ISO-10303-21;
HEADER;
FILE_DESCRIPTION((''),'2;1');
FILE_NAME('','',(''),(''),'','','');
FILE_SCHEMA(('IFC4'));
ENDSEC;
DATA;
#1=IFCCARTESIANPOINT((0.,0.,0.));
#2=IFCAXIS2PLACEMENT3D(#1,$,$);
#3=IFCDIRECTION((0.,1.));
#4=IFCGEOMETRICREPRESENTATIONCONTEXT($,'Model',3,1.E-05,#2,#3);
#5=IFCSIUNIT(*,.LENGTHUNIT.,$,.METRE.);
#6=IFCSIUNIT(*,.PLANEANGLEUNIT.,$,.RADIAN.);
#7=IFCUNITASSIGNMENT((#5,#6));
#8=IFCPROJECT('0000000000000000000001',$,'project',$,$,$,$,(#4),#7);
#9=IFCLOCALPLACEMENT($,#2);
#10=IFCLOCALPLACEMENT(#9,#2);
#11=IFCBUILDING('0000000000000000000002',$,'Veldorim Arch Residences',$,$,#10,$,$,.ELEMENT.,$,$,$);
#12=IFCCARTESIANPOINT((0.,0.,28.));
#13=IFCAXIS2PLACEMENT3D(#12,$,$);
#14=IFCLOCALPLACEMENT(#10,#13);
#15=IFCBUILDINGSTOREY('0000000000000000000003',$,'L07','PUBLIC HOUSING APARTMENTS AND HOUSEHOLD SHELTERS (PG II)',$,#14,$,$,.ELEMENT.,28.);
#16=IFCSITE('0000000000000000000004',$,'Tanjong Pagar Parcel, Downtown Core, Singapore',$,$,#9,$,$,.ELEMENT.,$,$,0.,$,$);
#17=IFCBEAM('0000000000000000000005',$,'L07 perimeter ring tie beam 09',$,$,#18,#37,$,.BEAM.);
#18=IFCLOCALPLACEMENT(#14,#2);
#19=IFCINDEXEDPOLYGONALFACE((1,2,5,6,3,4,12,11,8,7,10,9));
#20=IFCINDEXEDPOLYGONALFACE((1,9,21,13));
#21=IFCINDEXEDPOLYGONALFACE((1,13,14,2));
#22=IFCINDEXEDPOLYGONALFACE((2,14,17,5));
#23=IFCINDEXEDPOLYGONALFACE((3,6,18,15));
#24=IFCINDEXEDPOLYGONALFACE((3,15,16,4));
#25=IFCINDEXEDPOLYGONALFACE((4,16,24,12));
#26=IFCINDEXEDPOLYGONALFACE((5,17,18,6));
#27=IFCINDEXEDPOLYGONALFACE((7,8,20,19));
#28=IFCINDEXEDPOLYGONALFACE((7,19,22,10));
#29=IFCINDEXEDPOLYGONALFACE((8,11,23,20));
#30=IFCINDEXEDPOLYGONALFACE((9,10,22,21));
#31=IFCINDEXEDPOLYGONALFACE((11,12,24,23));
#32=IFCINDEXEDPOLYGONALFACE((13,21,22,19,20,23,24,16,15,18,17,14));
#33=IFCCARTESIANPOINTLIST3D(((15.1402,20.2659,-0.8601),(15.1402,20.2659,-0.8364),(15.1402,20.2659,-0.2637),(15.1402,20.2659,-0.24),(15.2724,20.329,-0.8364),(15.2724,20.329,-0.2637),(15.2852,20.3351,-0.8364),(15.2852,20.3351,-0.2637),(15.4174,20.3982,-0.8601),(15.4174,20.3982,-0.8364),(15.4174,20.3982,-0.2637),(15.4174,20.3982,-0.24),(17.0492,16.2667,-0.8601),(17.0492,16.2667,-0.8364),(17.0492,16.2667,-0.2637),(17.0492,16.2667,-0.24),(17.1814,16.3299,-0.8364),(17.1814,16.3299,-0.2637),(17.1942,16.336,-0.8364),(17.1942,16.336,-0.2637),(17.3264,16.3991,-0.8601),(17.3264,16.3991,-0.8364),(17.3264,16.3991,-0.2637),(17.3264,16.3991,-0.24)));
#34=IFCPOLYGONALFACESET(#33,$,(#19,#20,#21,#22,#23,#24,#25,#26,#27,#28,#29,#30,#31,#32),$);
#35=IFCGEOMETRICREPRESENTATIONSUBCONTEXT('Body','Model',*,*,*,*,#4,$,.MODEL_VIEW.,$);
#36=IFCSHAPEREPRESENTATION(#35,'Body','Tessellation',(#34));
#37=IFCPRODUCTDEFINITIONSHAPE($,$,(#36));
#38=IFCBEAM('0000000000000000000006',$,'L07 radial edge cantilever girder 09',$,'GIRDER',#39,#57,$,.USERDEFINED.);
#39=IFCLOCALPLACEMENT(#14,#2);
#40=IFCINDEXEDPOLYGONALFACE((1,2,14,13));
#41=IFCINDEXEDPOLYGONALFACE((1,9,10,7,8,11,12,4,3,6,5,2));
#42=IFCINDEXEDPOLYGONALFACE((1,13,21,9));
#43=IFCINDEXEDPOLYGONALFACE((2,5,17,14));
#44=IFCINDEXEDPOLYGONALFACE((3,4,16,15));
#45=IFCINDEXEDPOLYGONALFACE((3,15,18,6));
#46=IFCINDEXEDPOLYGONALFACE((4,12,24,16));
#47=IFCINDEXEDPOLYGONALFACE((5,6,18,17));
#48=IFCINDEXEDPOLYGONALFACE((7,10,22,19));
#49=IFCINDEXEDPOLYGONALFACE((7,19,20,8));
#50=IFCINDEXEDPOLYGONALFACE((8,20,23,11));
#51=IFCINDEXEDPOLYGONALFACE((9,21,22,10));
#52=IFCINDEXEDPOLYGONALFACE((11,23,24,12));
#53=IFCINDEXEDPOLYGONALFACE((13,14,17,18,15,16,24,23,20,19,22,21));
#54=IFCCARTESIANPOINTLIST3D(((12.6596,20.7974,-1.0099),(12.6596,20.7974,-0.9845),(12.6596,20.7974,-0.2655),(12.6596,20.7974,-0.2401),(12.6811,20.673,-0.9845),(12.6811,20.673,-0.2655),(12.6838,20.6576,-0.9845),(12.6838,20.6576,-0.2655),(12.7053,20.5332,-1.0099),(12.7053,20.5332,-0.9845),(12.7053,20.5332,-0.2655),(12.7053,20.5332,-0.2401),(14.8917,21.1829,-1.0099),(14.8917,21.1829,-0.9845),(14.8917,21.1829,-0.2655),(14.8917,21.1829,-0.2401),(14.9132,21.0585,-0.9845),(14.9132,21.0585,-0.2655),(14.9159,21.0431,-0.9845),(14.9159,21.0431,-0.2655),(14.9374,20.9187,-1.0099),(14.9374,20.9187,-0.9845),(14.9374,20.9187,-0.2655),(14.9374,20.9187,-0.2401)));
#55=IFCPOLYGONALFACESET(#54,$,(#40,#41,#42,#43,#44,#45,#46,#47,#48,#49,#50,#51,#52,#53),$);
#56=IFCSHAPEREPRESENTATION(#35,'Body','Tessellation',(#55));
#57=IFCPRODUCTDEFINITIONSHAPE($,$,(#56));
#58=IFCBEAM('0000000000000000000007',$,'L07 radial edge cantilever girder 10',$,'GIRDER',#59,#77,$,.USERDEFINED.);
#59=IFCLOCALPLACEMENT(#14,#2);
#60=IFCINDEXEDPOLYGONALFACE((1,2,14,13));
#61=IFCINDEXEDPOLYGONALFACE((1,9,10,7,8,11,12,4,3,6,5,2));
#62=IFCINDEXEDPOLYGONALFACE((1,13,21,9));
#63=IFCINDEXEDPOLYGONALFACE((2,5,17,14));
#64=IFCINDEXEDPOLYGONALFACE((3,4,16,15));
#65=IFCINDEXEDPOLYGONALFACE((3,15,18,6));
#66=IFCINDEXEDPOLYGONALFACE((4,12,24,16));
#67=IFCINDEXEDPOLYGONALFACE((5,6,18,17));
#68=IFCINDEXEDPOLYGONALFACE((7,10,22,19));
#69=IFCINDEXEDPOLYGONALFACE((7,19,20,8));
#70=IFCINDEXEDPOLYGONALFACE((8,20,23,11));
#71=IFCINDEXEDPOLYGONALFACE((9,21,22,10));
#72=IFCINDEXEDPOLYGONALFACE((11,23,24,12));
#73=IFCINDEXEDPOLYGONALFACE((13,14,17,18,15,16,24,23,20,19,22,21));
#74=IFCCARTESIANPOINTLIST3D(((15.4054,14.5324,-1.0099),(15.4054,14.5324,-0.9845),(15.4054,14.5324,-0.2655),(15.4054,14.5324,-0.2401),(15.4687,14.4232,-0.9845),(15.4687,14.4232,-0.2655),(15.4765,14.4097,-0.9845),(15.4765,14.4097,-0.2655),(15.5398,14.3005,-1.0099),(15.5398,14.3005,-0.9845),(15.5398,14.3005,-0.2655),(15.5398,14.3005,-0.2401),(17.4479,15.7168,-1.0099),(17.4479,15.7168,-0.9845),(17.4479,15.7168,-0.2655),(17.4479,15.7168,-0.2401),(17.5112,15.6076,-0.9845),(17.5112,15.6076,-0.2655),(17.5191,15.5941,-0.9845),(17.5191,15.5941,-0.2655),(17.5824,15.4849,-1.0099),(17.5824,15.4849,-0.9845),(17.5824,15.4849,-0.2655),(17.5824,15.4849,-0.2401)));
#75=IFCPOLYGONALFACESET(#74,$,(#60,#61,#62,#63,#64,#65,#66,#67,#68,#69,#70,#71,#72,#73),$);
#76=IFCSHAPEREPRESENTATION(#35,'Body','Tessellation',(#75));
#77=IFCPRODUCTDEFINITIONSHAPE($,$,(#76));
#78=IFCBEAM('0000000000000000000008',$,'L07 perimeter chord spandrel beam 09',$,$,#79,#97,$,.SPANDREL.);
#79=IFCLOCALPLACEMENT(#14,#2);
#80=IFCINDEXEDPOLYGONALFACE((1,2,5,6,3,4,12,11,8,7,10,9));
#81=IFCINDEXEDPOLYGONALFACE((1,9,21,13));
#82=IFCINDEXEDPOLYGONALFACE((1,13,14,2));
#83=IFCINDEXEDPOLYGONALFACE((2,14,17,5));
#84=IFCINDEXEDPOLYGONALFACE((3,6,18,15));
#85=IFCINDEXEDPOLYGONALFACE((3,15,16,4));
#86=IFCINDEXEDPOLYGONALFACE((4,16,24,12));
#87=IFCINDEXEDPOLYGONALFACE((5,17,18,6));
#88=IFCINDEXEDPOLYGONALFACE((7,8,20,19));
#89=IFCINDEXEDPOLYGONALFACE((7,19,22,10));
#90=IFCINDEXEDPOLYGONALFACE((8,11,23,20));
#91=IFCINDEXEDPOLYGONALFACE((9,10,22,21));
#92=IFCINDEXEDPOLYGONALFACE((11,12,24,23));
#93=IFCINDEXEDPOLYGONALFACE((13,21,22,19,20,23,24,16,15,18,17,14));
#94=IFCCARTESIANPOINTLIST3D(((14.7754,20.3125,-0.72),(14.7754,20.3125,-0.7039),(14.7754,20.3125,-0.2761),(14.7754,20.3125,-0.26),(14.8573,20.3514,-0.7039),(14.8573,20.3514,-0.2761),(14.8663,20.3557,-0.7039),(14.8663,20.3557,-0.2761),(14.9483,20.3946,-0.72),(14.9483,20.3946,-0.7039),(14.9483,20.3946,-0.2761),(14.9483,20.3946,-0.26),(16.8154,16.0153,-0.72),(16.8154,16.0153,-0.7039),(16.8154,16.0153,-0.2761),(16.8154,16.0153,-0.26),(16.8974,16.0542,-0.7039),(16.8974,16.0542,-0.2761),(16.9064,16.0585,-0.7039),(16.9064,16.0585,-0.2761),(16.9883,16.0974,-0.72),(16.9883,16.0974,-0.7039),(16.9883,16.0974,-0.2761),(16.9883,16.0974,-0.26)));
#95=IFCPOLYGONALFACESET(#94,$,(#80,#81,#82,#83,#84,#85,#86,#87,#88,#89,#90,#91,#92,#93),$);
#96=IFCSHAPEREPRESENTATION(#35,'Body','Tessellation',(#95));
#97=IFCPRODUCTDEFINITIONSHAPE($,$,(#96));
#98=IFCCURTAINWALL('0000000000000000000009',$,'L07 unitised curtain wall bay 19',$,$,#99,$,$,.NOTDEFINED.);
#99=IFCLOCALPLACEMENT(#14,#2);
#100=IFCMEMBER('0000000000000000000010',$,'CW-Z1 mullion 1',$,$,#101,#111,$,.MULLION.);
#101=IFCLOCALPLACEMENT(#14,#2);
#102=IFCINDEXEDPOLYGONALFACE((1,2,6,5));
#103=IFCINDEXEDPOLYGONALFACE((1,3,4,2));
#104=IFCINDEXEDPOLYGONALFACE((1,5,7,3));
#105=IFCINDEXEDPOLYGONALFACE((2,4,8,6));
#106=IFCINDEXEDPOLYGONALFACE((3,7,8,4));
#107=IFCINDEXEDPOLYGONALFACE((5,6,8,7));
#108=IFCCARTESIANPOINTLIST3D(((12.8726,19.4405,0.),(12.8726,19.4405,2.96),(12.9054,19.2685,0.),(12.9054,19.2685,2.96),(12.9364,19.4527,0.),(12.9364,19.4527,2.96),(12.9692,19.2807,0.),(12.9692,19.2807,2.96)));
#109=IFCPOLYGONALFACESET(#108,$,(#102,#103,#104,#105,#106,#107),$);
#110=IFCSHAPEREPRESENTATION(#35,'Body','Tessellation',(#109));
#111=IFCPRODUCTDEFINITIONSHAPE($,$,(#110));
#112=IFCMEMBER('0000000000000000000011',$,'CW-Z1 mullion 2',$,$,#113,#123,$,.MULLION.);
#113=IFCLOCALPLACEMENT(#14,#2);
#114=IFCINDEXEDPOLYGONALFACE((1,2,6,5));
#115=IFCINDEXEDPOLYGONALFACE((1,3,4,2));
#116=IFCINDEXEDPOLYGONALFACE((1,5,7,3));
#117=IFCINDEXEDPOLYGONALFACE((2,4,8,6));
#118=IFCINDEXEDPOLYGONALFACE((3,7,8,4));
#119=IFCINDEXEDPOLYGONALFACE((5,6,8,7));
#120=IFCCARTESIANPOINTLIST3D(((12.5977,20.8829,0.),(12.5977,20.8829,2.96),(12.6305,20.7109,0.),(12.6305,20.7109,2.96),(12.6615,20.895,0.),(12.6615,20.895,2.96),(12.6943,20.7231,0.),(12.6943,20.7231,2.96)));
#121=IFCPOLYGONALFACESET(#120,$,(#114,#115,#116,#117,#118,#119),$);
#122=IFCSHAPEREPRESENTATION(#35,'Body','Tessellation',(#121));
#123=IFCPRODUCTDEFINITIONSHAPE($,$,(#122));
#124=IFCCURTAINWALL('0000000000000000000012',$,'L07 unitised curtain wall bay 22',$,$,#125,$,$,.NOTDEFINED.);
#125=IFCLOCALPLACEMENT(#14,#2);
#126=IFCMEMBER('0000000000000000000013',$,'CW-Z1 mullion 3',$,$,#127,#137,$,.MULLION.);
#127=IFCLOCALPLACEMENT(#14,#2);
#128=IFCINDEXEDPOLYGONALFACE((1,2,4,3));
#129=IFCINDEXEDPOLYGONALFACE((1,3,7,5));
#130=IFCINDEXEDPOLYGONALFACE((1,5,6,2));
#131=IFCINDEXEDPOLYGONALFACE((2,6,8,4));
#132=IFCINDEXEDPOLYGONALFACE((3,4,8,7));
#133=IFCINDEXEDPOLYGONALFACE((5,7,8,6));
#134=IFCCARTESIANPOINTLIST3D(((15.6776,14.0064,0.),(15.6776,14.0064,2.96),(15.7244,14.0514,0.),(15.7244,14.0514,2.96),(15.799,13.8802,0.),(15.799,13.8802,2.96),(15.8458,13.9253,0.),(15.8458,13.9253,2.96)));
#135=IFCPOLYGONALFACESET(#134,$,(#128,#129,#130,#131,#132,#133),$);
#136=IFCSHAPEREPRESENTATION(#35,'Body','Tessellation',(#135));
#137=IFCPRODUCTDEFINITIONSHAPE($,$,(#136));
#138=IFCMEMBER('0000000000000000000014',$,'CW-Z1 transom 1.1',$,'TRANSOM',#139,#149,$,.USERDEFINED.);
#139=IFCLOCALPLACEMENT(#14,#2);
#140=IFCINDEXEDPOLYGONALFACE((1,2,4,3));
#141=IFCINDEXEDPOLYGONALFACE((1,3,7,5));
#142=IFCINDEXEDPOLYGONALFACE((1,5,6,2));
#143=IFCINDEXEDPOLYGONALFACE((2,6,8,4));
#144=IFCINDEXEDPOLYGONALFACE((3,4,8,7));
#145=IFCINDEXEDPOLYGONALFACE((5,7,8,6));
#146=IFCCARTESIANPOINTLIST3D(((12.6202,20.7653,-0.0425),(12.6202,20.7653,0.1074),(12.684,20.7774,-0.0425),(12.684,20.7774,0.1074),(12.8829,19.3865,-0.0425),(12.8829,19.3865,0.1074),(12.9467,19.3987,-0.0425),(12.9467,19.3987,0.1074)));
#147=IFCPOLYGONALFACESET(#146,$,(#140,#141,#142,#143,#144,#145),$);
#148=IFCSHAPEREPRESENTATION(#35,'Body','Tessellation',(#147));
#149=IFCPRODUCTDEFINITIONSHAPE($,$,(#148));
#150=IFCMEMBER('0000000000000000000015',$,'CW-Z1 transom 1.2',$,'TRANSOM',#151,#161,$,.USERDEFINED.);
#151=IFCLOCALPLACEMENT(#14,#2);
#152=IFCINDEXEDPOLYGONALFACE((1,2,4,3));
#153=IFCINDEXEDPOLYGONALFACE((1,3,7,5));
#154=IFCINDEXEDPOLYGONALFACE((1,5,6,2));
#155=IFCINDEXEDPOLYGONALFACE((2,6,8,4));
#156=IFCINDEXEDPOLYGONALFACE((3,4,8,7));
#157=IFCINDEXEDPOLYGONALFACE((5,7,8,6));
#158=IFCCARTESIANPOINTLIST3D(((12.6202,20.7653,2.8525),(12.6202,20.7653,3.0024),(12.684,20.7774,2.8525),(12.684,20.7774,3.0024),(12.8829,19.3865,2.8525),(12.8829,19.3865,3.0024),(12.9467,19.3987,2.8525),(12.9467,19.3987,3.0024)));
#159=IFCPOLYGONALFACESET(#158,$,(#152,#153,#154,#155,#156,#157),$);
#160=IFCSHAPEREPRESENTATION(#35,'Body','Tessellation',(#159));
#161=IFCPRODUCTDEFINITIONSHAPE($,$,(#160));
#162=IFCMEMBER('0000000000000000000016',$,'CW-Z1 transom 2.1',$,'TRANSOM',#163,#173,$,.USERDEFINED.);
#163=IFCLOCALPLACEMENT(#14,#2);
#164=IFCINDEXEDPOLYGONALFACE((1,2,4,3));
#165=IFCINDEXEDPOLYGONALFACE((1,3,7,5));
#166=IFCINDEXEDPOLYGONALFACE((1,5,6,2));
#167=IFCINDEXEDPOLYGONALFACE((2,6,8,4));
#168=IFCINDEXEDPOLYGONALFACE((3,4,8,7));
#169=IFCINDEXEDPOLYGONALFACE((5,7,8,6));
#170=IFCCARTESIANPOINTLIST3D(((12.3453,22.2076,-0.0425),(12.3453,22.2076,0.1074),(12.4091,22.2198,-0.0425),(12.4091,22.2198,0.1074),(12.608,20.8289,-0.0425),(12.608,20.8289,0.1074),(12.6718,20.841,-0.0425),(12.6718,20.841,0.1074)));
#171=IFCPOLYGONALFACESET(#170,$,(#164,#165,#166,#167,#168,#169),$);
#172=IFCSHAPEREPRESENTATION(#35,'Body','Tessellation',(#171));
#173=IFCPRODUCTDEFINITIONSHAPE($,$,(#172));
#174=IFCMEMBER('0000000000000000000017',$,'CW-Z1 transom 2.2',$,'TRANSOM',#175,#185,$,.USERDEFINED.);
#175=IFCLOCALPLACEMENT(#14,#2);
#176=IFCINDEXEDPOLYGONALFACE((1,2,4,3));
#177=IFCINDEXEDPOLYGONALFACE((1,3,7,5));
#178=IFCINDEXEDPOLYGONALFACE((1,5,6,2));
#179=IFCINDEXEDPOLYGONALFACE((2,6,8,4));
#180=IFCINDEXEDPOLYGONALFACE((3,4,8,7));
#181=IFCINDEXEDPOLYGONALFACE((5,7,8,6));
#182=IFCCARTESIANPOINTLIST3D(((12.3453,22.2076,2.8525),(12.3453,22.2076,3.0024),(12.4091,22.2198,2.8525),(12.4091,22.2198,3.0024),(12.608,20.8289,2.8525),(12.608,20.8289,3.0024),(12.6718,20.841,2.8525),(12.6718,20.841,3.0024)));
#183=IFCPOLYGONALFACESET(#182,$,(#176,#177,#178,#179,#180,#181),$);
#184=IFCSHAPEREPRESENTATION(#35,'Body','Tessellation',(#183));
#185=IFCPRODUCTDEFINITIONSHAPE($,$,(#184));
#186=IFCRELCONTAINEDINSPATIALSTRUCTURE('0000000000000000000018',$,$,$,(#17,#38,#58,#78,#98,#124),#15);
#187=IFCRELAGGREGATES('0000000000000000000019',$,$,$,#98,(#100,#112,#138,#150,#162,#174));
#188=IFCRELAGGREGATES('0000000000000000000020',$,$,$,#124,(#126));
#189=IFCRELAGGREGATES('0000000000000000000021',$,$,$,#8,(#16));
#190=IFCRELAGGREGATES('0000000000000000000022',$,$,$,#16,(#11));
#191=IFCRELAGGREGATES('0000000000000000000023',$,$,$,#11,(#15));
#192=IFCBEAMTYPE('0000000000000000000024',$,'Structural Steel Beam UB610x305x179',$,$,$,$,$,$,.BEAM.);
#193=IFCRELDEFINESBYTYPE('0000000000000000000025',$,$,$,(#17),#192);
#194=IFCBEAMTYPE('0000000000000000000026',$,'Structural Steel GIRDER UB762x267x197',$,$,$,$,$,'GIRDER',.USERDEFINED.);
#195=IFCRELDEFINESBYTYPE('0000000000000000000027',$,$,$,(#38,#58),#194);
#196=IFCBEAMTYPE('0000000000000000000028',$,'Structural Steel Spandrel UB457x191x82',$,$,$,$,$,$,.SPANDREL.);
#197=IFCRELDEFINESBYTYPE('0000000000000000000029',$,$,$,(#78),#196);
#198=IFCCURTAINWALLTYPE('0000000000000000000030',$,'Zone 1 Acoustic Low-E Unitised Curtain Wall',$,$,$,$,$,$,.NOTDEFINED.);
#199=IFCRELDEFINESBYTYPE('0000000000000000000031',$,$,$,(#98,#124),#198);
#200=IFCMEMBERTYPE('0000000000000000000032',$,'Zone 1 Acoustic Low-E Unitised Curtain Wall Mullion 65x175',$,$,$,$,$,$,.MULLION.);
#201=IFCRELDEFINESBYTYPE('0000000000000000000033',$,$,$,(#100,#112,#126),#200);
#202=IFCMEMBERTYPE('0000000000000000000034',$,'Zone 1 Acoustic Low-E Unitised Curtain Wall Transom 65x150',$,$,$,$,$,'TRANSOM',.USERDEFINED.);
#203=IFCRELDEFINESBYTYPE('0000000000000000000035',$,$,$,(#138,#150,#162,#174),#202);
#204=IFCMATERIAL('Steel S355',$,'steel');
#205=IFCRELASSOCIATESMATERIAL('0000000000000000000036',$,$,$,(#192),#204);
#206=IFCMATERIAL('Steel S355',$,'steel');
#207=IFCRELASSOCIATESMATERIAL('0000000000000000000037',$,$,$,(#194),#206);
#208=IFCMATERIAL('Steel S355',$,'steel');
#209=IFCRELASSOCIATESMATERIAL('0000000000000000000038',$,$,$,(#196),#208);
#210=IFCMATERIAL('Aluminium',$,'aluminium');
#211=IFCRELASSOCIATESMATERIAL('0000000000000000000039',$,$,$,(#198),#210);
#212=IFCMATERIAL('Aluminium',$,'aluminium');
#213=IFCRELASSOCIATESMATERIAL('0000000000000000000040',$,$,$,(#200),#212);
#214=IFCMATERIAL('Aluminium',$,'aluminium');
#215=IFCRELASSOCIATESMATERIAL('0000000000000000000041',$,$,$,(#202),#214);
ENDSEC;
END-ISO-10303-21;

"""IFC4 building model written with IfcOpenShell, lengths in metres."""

from ifc_helpers import new_model, si_unit, direction, frame, origin, origin_2d, place, context, subcontext, project, spatial, rectangle, i_section, extrude, material, material_profile, profile_set, type_object, element, aggregate, save


model = new_model("IFC4")

# Units and contexts
model_context = context("Model", 3, precision=1e-05, world=origin(), true_north=direction((0.0, 1.0)))
body_context = subcontext(model_context, "Body", "Model", "MODEL_VIEW")
ifc_project = project(units=[si_unit("LENGTHUNIT", "METRE"), si_unit("PLANEANGLEUNIT", "RADIAN")], contexts=[model_context])

# Site, building, storey
site_placement = place(None, origin())
site = spatial("IfcSite", under=ifc_project, at=site_placement, Name="Tanjong Pagar Parcel, Downtown Core, Singapore", CompositionType="ELEMENT", RefElevation=0.0)
building_placement = place(site_placement, origin())
building = spatial("IfcBuilding", under=site, at=building_placement, Name="Veldorim Arch Residences", CompositionType="ELEMENT")
storey_placement = place(building_placement, frame((0.0, 0.0, 28.0)))
storey = spatial("IfcBuildingStorey", under=building, at=storey_placement, Name="L07", Description="PUBLIC HOUSING APARTMENTS AND HOUSEHOLD SHELTERS (PG II)", CompositionType="ELEMENT", Elevation=28.0)

# Beams
ifc_material_1 = material(Name="Steel S355", Category="steel")
ifc_material_profile_1 = material_profile(ifc_material_1, i_section(OverallWidth=0.3071, OverallDepth=0.6201, WebThickness=0.0142, FlangeThickness=0.0237, at=origin_2d()), Name="UB610x305x179")
ifc_profile_set_1 = profile_set([ifc_material_profile_1], Name="Steel S355")
beam_type_1 = type_object("IfcBeamType", Name="Structural Steel Beam UB610x305x179", PredefinedType="BEAM", material=ifc_profile_set_1)
beam_1_placement = place(storey_placement, frame((15.2788, 20.332, -0.55), z_axis=(0.430787, -0.902454, 0.0), x_axis=(0.902454, 0.430787, 0.0)))
element("IfcBeam", 1, at=beam_1_placement, inside=storey, type_object=beam_type_1, Name="L07 perimeter ring tie beam 09", PredefinedType="BEAM", context=body_context, shape_type="SweptSolid", body=[
    extrude(i_section(OverallWidth=0.3071, OverallDepth=0.6201, WebThickness=0.0142, FlangeThickness=0.0237, at=origin_2d()), origin(), (0.0, 0.0, 1.0), 4.4314),
])
ifc_material_2 = material(Name="Steel S355", Category="steel")
ifc_material_profile_2 = material_profile(ifc_material_2, i_section(OverallWidth=0.2681, OverallDepth=0.7698, WebThickness=0.0156, FlangeThickness=0.0254, at=origin_2d()), Name="UB762x267x197")
ifc_profile_set_2 = profile_set([ifc_material_profile_2], Name="Steel S355")
beam_type_2 = type_object("IfcBeamType", Name="Structural Steel GIRDER UB762x267x197", ElementType="GIRDER", PredefinedType="USERDEFINED", material=ifc_profile_set_2)
beam_2_placement = place(storey_placement, frame((14.9146, 21.0508, -0.625), z_axis=(-0.985413, -0.170181, 0.0), x_axis=(0.170181, -0.985413, 0.0)))
element("IfcBeam", 2, at=beam_2_placement, inside=storey, type_object=beam_type_2, Name="L07 radial edge cantilever girder 09", ObjectType="GIRDER", PredefinedType="USERDEFINED", context=body_context, shape_type="SweptSolid", body=[
    extrude(i_section(OverallWidth=0.2681, OverallDepth=0.7698, WebThickness=0.0156, FlangeThickness=0.0254, at=origin_2d()), origin(), (0.0, 0.0, 1.0), 2.2651),
])
beam_3_placement = place(storey_placement, frame((17.5151, 15.6008, -0.625), z_axis=(-0.865089, -0.501619, 0.0), x_axis=(0.501619, -0.865089, 0.0)))
element("IfcBeam", 3, at=beam_3_placement, inside=storey, type_object=beam_type_2, Name="L07 radial edge cantilever girder 10", ObjectType="GIRDER", PredefinedType="USERDEFINED", context=body_context, shape_type="SweptSolid", body=[
    extrude(i_section(OverallWidth=0.2681, OverallDepth=0.7698, WebThickness=0.0156, FlangeThickness=0.0254, at=origin_2d()), origin(), (0.0, 0.0, 1.0), 2.3611),
])
ifc_material_3 = material(Name="Steel S355", Category="steel")
ifc_material_profile_3 = material_profile(ifc_material_3, i_section(OverallWidth=0.1914, OverallDepth=0.46, WebThickness=0.01, FlangeThickness=0.0161, at=origin_2d()), Name="UB457x191x82")
ifc_profile_set_3 = profile_set([ifc_material_profile_3], Name="Steel S355")
beam_type_3 = type_object("IfcBeamType", Name="Structural Steel Spandrel UB457x191x82", PredefinedType="SPANDREL", material=ifc_profile_set_3)
beam_4_placement = place(storey_placement, frame((14.8618, 20.3535, -0.49), z_axis=(0.428869, -0.903366, 0.0), x_axis=(0.903366, 0.428869, 0.0)))
element("IfcBeam", 4, at=beam_4_placement, inside=storey, type_object=beam_type_3, Name="L07 perimeter chord spandrel beam 09", PredefinedType="SPANDREL", context=body_context, shape_type="SweptSolid", body=[
    extrude(i_section(OverallWidth=0.1914, OverallDepth=0.46, WebThickness=0.01, FlangeThickness=0.0161, at=origin_2d()), origin(), (0.0, 0.0, 1.0), 4.7568),
])

# Curtain wall, members
ifc_material_4 = material(Name="Aluminium", Category="aluminium")
curtain_wall_type = type_object("IfcCurtainWallType", Name="Zone 1 Acoustic Low-E Unitised Curtain Wall", PredefinedType="NOTDEFINED", material=ifc_material_4)
curtain_wall_1_placement = place(storey_placement, origin())
curtain_wall_1 = element("IfcCurtainWall", 5, at=curtain_wall_1_placement, inside=storey, type_object=curtain_wall_type, Name="L07 unitised curtain wall bay 19", PredefinedType="NOTDEFINED")
ifc_material_5 = material(Name="Aluminium", Category="aluminium")
ifc_material_profile_4 = material_profile(ifc_material_5, rectangle(XDim=0.0649, YDim=0.175, at=origin_2d()), Name="ALU_MUL_65x175")
ifc_profile_set_4 = profile_set([ifc_material_profile_4], Name="Aluminium")
member_type_1 = type_object("IfcMemberType", Name="Zone 1 Acoustic Low-E Unitised Curtain Wall Mullion 65x175", PredefinedType="MULLION", material=ifc_profile_set_4)
member_1_placement = place(storey_placement, frame((12.9209, 19.3606, 0.0), z_axis=(0.0, 0.0, 1.0), x_axis=(-0.982318, -0.187222, 0.0)))
member_1 = element("IfcMember", 6, at=member_1_placement, type_object=member_type_1, Name="CW-Z1 mullion 1", PredefinedType="MULLION", context=body_context, shape_type="SweptSolid", body=[
    extrude(rectangle(XDim=0.0649, YDim=0.175, at=origin_2d()), origin(), (0.0, 0.0, 1.0), 2.96),
])
member_2_placement = place(storey_placement, frame((12.646, 20.803, 0.0), z_axis=(0.0, 0.0, 1.0), x_axis=(-0.982318, -0.187222, 0.0)))
member_2 = element("IfcMember", 7, at=member_2_placement, type_object=member_type_1, Name="CW-Z1 mullion 2", PredefinedType="MULLION", context=body_context, shape_type="SweptSolid", body=[
    extrude(rectangle(XDim=0.0649, YDim=0.175, at=origin_2d()), origin(), (0.0, 0.0, 1.0), 2.96),
])

# Curtain wall, member
curtain_wall_2_placement = place(storey_placement, origin())
curtain_wall_2 = element("IfcCurtainWall", 8, at=curtain_wall_2_placement, inside=storey, type_object=curtain_wall_type, Name="L07 unitised curtain wall bay 22", PredefinedType="NOTDEFINED")
member_3_placement = place(storey_placement, frame((15.7617, 13.9658, 0.0), z_axis=(0.0, 0.0, 1.0), x_axis=(-0.720421, -0.693538, 0.0)))
member_3 = element("IfcMember", 9, at=member_3_placement, type_object=member_type_1, Name="CW-Z1 mullion 3", PredefinedType="MULLION", context=body_context, shape_type="SweptSolid", body=[
    extrude(rectangle(XDim=0.0649, YDim=0.175, at=origin_2d()), origin(), (0.0, 0.0, 1.0), 2.96),
])

# Members
ifc_material_6 = material(Name="Aluminium", Category="aluminium")
ifc_material_profile_5 = material_profile(ifc_material_6, rectangle(XDim=0.0649, YDim=0.1499, at=origin_2d()), Name="ALU_TRN_65x150")
ifc_profile_set_5 = profile_set([ifc_material_profile_5], Name="Aluminium")
member_type_2 = type_object("IfcMemberType", Name="Zone 1 Acoustic Low-E Unitised Curtain Wall Transom 65x150", ElementType="TRANSOM", PredefinedType="USERDEFINED", material=ifc_profile_set_5)
member_4_placement = place(storey_placement, frame((12.9148, 19.3926, 0.0325), z_axis=(-0.187176, 0.982326, 0.0), x_axis=(-0.982326, -0.187176, 0.0)))
member_4 = element("IfcMember", 10, at=member_4_placement, type_object=member_type_2, Name="CW-Z1 transom 1.1", ObjectType="TRANSOM", PredefinedType="USERDEFINED", context=body_context, shape_type="SweptSolid", body=[
    extrude(rectangle(XDim=0.0649, YDim=0.1499, at=origin_2d()), origin(), (0.0, 0.0, 1.0), 1.4036),
])
member_5_placement = place(storey_placement, frame((12.9148, 19.3926, 2.9275), z_axis=(-0.187176, 0.982326, 0.0), x_axis=(-0.982326, -0.187176, 0.0)))
member_5 = element("IfcMember", 11, at=member_5_placement, type_object=member_type_2, Name="CW-Z1 transom 1.2", ObjectType="TRANSOM", PredefinedType="USERDEFINED", context=body_context, shape_type="SweptSolid", body=[
    extrude(rectangle(XDim=0.0649, YDim=0.1499, at=origin_2d()), origin(), (0.0, 0.0, 1.0), 1.4036),
])
member_6_placement = place(storey_placement, frame((12.6399, 20.835, 0.0325), z_axis=(-0.187176, 0.982326, 0.0), x_axis=(-0.982326, -0.187176, 0.0)))
member_6 = element("IfcMember", 12, at=member_6_placement, type_object=member_type_2, Name="CW-Z1 transom 2.1", ObjectType="TRANSOM", PredefinedType="USERDEFINED", context=body_context, shape_type="SweptSolid", body=[
    extrude(rectangle(XDim=0.0649, YDim=0.1499, at=origin_2d()), origin(), (0.0, 0.0, 1.0), 1.4036),
])
member_7_placement = place(storey_placement, frame((12.6399, 20.835, 2.9275), z_axis=(-0.187176, 0.982326, 0.0), x_axis=(-0.982326, -0.187176, 0.0)))
member_7 = element("IfcMember", 13, at=member_7_placement, type_object=member_type_2, Name="CW-Z1 transom 2.2", ObjectType="TRANSOM", PredefinedType="USERDEFINED", context=body_context, shape_type="SweptSolid", body=[
    extrude(rectangle(XDim=0.0649, YDim=0.1499, at=origin_2d()), origin(), (0.0, 0.0, 1.0), 1.4036),
])

aggregate(curtain_wall_1, [member_1, member_2, member_4, member_5, member_6, member_7])
aggregate(curtain_wall_2, [member_3])

save(model, "model.ifc")
